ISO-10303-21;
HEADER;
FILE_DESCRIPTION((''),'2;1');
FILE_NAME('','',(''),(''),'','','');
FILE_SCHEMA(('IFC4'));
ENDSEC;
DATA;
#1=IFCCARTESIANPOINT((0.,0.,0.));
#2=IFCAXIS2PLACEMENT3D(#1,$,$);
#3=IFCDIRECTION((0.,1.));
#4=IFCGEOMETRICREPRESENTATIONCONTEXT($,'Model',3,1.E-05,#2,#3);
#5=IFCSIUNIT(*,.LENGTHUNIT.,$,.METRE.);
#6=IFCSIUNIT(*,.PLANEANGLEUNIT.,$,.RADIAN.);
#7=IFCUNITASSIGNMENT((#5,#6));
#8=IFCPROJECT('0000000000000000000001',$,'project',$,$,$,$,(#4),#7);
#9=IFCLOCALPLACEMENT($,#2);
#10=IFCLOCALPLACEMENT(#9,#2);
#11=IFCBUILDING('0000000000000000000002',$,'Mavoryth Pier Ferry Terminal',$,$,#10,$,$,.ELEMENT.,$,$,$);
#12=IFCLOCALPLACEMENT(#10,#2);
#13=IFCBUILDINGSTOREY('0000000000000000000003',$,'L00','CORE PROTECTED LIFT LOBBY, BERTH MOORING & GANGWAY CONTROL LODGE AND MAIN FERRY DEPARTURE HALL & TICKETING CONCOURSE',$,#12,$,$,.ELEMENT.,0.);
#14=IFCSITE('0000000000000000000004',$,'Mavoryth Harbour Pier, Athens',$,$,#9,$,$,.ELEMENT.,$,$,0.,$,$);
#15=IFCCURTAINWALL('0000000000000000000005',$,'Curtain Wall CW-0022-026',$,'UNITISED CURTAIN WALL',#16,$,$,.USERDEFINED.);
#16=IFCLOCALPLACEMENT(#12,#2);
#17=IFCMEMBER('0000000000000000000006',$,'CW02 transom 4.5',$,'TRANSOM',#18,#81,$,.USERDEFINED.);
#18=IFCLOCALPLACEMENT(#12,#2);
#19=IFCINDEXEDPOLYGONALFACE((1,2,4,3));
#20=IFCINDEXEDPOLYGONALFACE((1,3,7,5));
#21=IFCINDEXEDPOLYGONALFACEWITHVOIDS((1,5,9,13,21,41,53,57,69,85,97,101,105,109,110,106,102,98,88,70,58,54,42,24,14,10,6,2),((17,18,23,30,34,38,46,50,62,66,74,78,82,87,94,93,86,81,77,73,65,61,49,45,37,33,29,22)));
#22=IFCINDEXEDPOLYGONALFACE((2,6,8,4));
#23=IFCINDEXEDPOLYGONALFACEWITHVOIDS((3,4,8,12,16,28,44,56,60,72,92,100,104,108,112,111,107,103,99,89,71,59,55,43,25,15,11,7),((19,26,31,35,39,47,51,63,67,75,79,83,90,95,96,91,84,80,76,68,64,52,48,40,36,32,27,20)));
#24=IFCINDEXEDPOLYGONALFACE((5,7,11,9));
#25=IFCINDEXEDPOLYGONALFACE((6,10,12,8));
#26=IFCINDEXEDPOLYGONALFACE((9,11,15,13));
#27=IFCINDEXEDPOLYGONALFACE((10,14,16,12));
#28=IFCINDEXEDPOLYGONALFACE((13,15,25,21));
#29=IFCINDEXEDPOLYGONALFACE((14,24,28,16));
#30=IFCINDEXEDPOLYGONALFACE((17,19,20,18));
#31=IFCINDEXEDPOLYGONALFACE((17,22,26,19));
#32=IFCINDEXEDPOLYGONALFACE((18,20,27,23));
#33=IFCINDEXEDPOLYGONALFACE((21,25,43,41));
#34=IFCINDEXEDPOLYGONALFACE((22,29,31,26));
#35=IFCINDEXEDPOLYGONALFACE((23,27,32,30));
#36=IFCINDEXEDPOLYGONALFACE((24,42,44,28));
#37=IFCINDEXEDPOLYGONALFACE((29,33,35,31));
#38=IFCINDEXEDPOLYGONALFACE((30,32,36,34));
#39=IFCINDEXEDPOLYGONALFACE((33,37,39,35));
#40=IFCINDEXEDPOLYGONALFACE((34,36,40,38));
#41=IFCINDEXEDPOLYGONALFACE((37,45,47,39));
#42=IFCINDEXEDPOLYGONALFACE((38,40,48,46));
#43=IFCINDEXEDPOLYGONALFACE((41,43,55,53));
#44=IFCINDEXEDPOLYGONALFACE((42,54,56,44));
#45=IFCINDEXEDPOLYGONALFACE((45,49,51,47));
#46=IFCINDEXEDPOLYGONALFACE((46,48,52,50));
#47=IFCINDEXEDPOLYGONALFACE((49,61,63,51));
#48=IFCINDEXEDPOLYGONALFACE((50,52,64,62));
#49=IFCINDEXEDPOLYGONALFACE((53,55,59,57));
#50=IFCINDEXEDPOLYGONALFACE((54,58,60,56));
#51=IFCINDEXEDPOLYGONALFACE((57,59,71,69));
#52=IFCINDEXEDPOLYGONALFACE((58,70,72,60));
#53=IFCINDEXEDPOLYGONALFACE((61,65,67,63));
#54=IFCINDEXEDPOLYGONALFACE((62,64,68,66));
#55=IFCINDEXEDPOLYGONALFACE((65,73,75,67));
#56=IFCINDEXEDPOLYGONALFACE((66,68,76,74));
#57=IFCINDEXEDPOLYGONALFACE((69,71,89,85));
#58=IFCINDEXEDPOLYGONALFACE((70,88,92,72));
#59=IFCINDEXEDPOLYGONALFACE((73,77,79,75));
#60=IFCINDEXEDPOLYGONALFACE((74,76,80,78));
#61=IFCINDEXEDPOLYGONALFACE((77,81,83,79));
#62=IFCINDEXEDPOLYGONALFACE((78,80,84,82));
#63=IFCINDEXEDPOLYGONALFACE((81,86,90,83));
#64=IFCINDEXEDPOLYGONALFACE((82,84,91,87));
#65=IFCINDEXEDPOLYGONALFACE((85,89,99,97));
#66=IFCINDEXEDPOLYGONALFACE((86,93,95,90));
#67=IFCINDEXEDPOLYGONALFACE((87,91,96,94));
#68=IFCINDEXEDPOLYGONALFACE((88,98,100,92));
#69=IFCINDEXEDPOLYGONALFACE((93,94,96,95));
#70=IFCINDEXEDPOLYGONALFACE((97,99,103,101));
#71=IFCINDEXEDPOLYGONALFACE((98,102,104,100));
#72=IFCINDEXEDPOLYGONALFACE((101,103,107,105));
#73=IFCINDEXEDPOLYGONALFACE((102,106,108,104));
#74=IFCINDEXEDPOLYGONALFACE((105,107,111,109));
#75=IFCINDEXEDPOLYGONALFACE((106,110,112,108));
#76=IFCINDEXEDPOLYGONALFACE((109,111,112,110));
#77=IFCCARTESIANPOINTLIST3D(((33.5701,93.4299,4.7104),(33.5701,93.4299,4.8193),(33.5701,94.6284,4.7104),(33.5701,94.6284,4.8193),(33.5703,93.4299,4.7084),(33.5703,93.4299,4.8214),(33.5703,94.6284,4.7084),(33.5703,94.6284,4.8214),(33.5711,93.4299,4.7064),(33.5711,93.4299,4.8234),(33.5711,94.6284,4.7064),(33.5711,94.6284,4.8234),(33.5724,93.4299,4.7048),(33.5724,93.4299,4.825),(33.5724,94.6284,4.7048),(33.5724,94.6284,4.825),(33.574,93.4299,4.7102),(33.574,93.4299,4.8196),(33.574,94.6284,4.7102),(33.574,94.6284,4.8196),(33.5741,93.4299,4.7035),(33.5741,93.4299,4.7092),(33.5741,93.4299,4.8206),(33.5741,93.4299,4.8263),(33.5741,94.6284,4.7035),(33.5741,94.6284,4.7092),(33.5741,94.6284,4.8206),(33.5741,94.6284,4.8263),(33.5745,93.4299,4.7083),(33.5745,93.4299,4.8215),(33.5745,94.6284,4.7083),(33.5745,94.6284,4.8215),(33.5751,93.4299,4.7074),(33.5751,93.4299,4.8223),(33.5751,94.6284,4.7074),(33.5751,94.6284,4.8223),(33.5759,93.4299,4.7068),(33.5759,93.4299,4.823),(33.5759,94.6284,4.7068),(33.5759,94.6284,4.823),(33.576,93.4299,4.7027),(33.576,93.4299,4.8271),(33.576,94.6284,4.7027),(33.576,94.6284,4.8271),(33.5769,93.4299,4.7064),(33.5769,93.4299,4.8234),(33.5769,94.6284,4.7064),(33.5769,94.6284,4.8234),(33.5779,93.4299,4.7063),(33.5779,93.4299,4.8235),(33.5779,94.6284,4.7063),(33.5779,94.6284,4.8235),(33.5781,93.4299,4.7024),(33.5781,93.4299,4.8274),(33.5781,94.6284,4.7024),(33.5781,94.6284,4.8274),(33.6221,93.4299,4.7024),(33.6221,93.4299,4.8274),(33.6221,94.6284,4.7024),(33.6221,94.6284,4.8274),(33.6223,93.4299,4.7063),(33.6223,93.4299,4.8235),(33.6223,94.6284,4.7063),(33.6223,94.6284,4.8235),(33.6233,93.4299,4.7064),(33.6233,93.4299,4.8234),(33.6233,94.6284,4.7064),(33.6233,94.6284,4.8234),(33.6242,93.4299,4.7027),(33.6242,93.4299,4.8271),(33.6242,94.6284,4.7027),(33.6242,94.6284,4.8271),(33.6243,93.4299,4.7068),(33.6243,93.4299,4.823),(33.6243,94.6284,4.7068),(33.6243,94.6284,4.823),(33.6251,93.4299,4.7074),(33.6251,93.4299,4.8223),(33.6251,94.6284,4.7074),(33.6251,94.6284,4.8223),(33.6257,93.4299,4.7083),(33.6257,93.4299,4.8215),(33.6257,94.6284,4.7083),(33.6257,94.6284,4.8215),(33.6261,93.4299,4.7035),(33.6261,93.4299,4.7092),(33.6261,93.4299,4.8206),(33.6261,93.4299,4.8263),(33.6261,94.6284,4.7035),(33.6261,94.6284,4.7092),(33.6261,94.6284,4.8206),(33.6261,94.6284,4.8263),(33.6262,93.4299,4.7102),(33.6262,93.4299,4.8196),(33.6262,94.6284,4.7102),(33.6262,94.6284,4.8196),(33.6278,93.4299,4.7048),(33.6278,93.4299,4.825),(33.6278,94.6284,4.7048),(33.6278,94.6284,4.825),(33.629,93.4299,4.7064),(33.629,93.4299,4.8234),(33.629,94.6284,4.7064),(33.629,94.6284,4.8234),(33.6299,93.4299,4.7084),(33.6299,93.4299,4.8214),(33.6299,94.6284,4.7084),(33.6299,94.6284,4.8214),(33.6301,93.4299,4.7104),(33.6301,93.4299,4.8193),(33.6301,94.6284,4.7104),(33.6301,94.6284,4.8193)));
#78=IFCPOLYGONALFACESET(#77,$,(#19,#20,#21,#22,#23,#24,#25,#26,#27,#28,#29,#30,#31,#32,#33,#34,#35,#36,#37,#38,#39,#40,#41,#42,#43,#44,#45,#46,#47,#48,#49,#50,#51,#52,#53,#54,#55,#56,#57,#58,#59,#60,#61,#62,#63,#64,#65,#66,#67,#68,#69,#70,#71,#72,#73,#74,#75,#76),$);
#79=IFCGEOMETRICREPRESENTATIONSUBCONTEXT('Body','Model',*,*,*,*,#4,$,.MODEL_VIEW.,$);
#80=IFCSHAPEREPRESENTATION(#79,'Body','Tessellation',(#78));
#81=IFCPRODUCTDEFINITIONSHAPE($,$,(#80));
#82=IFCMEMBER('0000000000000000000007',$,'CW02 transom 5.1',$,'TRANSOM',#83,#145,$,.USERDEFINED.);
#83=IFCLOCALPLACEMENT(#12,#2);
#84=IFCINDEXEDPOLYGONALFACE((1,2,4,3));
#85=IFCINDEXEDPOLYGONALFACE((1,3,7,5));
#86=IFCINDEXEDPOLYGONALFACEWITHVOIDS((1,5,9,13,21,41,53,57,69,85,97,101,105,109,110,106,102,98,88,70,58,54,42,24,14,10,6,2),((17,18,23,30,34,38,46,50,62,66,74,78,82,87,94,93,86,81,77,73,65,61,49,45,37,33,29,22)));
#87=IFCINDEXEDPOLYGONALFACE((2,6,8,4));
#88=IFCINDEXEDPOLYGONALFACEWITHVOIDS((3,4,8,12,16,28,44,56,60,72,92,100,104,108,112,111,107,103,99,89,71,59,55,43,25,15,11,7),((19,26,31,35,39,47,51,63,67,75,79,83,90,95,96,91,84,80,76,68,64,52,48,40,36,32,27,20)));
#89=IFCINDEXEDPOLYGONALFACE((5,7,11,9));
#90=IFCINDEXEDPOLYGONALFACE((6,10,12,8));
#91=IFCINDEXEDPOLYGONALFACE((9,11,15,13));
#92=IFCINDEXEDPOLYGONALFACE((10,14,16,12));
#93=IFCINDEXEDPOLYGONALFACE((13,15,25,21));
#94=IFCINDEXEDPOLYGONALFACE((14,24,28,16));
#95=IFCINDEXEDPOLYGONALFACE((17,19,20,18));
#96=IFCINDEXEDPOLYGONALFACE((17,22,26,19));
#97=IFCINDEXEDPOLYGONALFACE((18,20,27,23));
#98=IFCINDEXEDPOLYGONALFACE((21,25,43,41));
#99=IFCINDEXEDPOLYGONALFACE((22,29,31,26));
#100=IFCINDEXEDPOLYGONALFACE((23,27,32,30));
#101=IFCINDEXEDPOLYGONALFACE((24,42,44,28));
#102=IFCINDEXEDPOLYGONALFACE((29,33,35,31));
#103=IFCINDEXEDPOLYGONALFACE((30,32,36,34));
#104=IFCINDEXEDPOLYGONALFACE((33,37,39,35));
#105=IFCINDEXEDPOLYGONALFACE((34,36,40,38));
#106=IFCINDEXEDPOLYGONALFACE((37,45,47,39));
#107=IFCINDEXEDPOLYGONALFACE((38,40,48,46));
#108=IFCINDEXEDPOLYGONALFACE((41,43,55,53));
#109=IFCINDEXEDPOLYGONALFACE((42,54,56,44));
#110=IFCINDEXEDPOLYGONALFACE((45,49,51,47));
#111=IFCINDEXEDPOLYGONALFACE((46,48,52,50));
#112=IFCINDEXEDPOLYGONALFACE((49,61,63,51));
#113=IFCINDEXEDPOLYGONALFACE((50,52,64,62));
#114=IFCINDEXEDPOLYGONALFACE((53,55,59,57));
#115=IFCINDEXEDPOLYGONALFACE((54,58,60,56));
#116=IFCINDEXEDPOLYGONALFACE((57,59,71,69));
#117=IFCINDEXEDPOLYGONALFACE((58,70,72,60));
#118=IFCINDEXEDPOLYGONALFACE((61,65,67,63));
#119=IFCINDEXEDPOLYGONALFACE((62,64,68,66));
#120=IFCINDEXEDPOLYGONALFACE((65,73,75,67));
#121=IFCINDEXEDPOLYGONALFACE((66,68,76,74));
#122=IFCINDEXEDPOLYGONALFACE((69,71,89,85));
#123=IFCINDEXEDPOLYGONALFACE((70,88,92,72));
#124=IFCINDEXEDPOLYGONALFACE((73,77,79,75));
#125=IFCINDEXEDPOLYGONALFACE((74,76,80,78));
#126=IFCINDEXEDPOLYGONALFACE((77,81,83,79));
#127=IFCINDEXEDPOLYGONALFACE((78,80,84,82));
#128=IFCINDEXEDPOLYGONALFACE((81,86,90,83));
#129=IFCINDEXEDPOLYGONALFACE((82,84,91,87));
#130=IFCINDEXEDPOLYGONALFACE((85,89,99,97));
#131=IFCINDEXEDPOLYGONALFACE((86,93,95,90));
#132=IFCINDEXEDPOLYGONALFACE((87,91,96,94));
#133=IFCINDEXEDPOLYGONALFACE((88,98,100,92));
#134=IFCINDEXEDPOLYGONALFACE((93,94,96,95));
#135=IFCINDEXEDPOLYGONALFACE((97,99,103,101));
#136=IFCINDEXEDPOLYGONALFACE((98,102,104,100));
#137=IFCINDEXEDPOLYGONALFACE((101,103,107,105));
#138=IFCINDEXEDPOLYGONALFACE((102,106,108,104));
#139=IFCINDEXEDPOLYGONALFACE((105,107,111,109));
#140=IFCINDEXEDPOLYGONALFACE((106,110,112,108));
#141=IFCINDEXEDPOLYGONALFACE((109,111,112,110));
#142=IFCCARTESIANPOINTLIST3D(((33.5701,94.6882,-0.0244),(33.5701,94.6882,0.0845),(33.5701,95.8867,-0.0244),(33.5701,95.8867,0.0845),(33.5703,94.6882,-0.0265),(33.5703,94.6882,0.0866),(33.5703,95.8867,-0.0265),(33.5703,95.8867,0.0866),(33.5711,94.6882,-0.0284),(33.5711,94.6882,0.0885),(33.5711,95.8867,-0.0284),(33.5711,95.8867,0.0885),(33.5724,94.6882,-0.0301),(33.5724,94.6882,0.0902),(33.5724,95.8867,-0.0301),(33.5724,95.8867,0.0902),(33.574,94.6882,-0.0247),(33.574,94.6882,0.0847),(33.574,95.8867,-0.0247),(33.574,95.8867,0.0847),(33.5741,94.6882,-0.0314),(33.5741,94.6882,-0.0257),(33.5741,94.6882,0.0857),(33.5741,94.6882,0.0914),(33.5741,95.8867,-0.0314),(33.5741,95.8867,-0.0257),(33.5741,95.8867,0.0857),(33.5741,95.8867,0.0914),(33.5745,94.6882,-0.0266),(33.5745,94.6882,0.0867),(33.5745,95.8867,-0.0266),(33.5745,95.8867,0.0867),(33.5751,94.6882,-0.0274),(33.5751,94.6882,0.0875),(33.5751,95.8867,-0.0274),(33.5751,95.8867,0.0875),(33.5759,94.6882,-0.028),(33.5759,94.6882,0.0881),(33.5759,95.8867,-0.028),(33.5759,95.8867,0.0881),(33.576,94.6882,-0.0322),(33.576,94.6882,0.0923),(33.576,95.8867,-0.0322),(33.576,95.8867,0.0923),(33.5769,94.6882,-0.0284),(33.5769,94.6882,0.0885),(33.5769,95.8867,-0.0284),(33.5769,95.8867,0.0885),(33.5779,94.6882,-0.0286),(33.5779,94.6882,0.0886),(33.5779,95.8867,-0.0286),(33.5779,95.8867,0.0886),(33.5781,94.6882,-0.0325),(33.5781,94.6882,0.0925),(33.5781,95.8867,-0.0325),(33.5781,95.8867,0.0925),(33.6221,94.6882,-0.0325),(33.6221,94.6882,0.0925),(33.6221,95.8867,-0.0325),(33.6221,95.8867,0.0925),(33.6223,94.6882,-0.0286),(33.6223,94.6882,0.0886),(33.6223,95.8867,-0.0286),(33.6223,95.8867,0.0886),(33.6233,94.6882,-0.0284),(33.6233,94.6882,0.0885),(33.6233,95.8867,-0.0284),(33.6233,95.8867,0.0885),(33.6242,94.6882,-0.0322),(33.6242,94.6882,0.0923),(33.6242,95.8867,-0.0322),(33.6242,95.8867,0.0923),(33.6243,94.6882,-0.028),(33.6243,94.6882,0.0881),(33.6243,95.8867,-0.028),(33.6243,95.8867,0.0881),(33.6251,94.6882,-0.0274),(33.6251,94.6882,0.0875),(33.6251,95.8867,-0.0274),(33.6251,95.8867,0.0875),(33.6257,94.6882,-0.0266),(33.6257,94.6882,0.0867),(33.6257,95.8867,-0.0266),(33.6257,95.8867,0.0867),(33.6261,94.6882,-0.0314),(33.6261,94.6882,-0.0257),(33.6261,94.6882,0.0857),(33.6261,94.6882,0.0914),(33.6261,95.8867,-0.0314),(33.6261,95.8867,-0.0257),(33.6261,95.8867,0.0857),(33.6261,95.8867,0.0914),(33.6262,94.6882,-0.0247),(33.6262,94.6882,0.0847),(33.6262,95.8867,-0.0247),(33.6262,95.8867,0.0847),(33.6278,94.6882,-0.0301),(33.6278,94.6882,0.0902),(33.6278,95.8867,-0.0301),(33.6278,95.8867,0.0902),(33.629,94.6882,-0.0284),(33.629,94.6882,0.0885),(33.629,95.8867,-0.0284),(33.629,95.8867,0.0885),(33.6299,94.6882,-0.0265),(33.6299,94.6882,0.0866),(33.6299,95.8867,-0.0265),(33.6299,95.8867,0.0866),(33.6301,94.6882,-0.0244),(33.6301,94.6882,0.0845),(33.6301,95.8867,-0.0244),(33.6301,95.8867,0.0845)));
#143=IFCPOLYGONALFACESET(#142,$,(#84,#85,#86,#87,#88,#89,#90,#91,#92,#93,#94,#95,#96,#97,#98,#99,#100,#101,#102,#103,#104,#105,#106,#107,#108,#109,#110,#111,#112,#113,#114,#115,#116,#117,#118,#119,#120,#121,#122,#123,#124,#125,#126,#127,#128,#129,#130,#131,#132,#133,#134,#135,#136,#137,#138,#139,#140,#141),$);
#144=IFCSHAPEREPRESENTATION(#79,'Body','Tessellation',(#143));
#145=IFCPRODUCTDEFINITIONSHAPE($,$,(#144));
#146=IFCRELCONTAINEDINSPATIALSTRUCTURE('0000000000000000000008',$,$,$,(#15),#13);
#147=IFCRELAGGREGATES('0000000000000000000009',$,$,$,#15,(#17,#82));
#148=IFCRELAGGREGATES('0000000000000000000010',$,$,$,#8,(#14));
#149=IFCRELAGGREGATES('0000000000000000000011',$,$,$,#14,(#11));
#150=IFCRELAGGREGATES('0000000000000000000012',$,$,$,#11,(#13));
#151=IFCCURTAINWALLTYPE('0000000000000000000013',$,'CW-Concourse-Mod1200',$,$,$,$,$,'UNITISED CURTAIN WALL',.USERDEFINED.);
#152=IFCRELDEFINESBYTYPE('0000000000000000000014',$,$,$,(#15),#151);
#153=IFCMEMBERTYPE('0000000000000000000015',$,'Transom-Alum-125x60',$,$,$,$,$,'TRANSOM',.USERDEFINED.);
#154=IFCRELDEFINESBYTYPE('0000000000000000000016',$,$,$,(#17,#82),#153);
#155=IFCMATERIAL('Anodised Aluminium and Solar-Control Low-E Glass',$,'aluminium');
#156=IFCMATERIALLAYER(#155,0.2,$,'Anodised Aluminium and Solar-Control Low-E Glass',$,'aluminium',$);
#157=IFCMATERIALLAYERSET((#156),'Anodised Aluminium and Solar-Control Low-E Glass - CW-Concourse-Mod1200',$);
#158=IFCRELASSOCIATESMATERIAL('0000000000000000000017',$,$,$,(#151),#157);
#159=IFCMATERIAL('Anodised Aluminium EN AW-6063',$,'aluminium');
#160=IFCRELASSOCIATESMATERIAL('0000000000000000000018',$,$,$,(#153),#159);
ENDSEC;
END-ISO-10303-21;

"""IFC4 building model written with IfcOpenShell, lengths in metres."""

from ifc_helpers import new_model, si_unit, direction, frame, origin, origin_2d, place, context, subcontext, project, spatial, hollow_rectangle, extrude, material, layer, layer_set, material_profile, profile_set, type_object, element, aggregate, save


model = new_model("IFC4")

# Units and contexts
model_context = context("Model", 3, precision=1e-05, world=origin(), true_north=direction((0.0, 1.0)))
body_context = subcontext(model_context, "Body", "Model", "MODEL_VIEW")
ifc_project = project(units=[si_unit("LENGTHUNIT", "METRE"), si_unit("PLANEANGLEUNIT", "RADIAN")], contexts=[model_context])

# Site, building, storey
site_placement = place(None, origin())
site = spatial("IfcSite", under=ifc_project, at=site_placement, Name="Mavoryth Harbour Pier, Athens", CompositionType="ELEMENT", RefElevation=0.0)
building_placement = place(site_placement, origin())
building = spatial("IfcBuilding", under=site, at=building_placement, Name="Mavoryth Pier Ferry Terminal", CompositionType="ELEMENT")
storey_placement = place(building_placement, origin())
storey = spatial("IfcBuildingStorey", under=building, at=storey_placement, Name="L00", Description="CORE PROTECTED LIFT LOBBY, BERTH MOORING & GANGWAY CONTROL LODGE AND MAIN FERRY DEPARTURE HALL & TICKETING CONCOURSE", CompositionType="ELEMENT", Elevation=0.0)

# Curtain wall, members
ifc_material_1 = material(Name="Anodised Aluminium and Solar-Control Low-E Glass", Category="aluminium")
ifc_layer_1 = layer(ifc_material_1, 0.2, Name="Anodised Aluminium and Solar-Control Low-E Glass", Category="aluminium")
ifc_layer_set_1 = layer_set([ifc_layer_1], Name="Anodised Aluminium and Solar-Control Low-E Glass - CW-Concourse-Mod1200")
curtain_wall_type = type_object("IfcCurtainWallType", Name="CW-Concourse-Mod1200", ElementType="UNITISED CURTAIN WALL", PredefinedType="USERDEFINED", material=ifc_layer_set_1)
curtain_wall_placement = place(storey_placement, origin())
curtain_wall = element("IfcCurtainWall", 1, at=curtain_wall_placement, inside=storey, type_object=curtain_wall_type, Name="Curtain Wall CW-0022-026", ObjectType="UNITISED CURTAIN WALL", PredefinedType="USERDEFINED")
ifc_material_2 = material(Name="Anodised Aluminium EN AW-6063", Category="aluminium")
ifc_material_profile_1 = material_profile(ifc_material_2, hollow_rectangle(XDim=0.0601, YDim=0.125, WallThickness=0.0039, InnerFilletRadius=0.0039, OuterFilletRadius=0.0081, at=origin_2d()), Name="AL-TRAN 125x60x4", Category="aluminium")
ifc_profile_set_1 = profile_set([ifc_material_profile_1], Name="Anodised Aluminium EN AW-6063 - AL-TRAN 125x60x4")
member_type_1 = type_object("IfcMemberType", Name="Transom-Alum-125x60", ElementType="TRANSOM", PredefinedType="USERDEFINED", material=ifc_profile_set_1)
member_1_placement = place(storey_placement, frame((33.6001, 93.4299, 4.7649), z_axis=(0.0, 1.0, 0.0), x_axis=(-1.0, 0.0, 0.0)))
member_1 = element("IfcMember", 2, at=member_1_placement, type_object=member_type_1, Name="CW02 transom 4.5", ObjectType="TRANSOM", PredefinedType="USERDEFINED", context=body_context, shape_type="SweptSolid", body=[
    extrude(hollow_rectangle(XDim=0.0601, YDim=0.125, WallThickness=0.0039, InnerFilletRadius=0.0039, OuterFilletRadius=0.0081, at=origin_2d()), origin(), (0.0, 0.0, 1.0), 1.1985),
])
member_2_placement = place(storey_placement, frame((33.6001, 94.6882, 0.03), z_axis=(0.0, 1.0, 0.0), x_axis=(-1.0, 0.0, 0.0)))
member_2 = element("IfcMember", 3, at=member_2_placement, type_object=member_type_1, Name="CW02 transom 5.1", ObjectType="TRANSOM", PredefinedType="USERDEFINED", context=body_context, shape_type="SweptSolid", body=[
    extrude(hollow_rectangle(XDim=0.0601, YDim=0.125, WallThickness=0.0039, InnerFilletRadius=0.0039, OuterFilletRadius=0.0081, at=origin_2d()), origin(), (0.0, 0.0, 1.0), 1.1985),
])
aggregate(curtain_wall, [member_1, member_2])

save(model, "model.ifc")
